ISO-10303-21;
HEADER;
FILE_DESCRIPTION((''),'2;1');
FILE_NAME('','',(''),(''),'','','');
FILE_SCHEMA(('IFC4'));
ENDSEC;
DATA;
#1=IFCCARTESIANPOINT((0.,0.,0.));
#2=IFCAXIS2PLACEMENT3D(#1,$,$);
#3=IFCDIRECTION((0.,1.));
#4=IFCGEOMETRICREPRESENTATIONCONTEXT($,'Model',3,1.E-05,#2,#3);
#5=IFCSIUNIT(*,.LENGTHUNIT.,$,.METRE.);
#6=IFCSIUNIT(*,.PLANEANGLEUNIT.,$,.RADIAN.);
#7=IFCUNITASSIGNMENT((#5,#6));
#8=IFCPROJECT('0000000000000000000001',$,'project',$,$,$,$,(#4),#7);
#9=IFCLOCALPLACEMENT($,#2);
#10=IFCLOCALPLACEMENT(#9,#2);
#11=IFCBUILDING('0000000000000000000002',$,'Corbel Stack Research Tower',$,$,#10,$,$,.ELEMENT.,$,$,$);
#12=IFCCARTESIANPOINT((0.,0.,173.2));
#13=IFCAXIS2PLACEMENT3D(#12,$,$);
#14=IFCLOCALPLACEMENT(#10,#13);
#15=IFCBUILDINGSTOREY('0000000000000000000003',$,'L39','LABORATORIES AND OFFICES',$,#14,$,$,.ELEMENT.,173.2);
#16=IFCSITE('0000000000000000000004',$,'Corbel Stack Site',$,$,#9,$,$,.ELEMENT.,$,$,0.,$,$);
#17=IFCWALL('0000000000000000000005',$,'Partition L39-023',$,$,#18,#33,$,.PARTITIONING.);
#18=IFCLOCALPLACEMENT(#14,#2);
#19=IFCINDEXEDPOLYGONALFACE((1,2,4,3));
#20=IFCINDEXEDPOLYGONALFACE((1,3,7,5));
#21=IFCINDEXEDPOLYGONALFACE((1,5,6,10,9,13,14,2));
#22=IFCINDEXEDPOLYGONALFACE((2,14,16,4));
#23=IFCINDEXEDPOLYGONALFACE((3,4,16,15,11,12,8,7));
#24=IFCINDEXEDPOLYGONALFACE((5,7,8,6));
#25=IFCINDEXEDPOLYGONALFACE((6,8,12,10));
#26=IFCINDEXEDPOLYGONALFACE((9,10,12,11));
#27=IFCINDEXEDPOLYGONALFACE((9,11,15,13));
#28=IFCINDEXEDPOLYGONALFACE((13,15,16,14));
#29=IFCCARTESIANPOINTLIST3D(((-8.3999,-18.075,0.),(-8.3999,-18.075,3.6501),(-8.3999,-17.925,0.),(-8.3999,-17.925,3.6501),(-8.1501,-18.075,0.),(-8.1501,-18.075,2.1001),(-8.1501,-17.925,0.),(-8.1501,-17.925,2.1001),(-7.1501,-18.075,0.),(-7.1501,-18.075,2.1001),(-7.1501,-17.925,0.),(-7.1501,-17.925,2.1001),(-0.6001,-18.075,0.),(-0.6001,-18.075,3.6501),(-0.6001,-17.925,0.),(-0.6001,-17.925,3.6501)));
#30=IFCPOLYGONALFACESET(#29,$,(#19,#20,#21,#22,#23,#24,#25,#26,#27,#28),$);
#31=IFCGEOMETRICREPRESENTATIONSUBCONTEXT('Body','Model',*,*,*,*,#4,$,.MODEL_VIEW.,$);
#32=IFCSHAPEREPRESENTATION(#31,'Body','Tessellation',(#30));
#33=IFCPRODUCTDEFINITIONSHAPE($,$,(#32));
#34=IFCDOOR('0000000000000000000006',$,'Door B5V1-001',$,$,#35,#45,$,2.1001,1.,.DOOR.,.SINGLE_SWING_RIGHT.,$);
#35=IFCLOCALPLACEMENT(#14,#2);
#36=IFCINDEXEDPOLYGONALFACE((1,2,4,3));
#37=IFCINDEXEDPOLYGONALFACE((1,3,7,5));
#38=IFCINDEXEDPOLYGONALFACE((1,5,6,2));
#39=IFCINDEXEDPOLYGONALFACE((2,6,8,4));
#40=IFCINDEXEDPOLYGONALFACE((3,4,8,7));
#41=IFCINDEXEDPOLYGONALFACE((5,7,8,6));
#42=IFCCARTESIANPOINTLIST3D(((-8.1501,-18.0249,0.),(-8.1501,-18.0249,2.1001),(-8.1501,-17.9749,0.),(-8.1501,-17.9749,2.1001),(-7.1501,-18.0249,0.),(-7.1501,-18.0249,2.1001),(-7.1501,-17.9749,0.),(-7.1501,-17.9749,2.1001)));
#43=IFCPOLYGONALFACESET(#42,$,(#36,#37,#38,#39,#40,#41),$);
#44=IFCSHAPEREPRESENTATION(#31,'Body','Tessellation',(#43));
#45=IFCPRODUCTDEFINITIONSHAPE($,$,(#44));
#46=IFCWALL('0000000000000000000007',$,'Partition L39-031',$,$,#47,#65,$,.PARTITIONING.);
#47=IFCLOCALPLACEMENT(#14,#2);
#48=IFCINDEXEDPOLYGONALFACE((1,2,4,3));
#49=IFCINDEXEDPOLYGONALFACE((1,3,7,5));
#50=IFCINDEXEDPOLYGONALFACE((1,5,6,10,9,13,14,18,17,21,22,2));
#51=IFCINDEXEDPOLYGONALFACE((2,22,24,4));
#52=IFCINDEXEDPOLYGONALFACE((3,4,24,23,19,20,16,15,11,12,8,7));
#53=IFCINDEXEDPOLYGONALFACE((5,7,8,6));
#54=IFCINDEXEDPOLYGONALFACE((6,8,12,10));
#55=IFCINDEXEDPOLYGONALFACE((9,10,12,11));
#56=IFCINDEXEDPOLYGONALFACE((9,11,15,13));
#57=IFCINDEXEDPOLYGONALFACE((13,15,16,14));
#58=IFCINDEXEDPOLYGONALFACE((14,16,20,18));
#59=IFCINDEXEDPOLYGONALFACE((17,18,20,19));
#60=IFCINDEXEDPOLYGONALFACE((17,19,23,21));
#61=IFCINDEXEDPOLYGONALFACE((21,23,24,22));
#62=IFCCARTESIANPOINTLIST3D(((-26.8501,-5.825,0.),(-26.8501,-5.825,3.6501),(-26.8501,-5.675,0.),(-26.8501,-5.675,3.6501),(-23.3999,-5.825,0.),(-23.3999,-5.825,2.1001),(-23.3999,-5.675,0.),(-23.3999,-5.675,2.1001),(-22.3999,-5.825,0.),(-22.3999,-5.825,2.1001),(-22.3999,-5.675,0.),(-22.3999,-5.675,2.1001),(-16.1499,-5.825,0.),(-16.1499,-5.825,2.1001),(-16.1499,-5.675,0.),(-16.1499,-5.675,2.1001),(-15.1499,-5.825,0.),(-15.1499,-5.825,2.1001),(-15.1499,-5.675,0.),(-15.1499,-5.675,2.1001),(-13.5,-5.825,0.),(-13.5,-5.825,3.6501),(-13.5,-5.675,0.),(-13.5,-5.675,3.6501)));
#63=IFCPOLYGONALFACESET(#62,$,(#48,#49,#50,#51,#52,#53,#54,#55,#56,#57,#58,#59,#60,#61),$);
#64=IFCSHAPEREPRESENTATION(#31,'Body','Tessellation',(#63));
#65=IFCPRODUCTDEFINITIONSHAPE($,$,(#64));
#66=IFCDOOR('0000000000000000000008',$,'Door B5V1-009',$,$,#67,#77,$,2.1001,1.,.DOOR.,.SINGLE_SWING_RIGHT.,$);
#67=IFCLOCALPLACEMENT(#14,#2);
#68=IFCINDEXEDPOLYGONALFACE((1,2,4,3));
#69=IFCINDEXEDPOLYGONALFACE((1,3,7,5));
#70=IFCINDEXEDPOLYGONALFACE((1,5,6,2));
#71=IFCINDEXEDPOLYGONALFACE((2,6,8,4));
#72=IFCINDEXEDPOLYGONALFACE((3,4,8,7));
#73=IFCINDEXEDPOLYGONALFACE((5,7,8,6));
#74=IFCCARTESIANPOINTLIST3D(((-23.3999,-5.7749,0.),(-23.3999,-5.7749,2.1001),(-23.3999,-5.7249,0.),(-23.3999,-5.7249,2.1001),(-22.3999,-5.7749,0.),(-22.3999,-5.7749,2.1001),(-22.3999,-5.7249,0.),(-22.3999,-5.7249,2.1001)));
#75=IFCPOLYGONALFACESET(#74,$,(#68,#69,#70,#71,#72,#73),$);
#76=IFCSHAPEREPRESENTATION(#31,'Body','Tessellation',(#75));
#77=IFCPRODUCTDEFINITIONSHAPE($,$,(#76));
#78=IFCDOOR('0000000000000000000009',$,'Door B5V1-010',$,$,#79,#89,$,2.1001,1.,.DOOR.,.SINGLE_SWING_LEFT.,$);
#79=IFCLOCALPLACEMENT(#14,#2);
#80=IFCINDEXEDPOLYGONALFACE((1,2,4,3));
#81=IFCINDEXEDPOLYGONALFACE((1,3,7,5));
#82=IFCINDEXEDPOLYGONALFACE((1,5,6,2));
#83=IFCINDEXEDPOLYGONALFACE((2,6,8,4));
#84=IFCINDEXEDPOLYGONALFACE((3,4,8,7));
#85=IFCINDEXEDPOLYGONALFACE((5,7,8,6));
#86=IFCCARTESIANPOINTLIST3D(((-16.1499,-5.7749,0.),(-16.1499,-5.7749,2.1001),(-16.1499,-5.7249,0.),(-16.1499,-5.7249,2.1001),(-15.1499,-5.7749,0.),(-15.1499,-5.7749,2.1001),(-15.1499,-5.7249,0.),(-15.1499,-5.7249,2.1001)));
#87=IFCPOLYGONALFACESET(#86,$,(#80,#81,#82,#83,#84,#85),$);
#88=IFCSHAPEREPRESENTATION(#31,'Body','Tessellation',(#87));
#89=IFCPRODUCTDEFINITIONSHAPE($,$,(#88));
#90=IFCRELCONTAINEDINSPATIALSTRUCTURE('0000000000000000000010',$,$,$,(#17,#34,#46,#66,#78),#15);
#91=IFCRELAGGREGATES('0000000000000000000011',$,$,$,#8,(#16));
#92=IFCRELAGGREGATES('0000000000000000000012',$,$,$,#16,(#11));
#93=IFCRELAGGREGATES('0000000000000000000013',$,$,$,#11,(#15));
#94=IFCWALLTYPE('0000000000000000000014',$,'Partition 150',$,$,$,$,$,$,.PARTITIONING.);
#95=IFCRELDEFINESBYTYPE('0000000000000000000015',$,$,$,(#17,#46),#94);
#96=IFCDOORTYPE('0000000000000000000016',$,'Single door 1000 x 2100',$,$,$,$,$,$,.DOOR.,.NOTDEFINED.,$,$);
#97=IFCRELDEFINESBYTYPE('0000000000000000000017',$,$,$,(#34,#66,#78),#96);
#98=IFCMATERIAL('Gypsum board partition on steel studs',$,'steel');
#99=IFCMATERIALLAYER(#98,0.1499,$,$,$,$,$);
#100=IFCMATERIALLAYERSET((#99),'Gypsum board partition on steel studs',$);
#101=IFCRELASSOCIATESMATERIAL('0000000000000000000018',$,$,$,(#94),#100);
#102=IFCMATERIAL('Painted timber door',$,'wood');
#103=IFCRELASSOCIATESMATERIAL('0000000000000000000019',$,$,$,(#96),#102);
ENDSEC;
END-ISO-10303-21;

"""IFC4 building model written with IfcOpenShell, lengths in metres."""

from ifc_helpers import new_model, si_unit, direction, frame, frame_2d, origin, place, context, subcontext, project, spatial, rectangle, extrude, material, layer, layer_set, type_object, element, fill, save


model = new_model("IFC4")

# Units and contexts
model_context = context("Model", 3, precision=1e-05, world=origin(), true_north=direction((0.0, 1.0)))
body_context = subcontext(model_context, "Body", "Model", "MODEL_VIEW")
ifc_project = project(units=[si_unit("LENGTHUNIT", "METRE"), si_unit("PLANEANGLEUNIT", "RADIAN")], contexts=[model_context])

# Site, building, storey
site_placement = place(None, origin())
site = spatial("IfcSite", under=ifc_project, at=site_placement, Name="Corbel Stack Site", CompositionType="ELEMENT", RefElevation=0.0)
building_placement = place(site_placement, origin())
building = spatial("IfcBuilding", under=site, at=building_placement, Name="Corbel Stack Research Tower", CompositionType="ELEMENT")
storey_placement = place(building_placement, frame((0.0, 0.0, 173.2)))
storey = spatial("IfcBuildingStorey", under=building, at=storey_placement, Name="L39", Description="LABORATORIES AND OFFICES", CompositionType="ELEMENT", Elevation=173.2)

# Wall, opening, door
ifc_material_1 = material(Name="Gypsum board partition on steel studs", Category="steel")
ifc_layer_1 = layer(ifc_material_1, 0.1499)
ifc_layer_set_1 = layer_set([ifc_layer_1], Name="Gypsum board partition on steel studs")
wall_type_1 = type_object("IfcWallType", Name="Partition 150", PredefinedType="PARTITIONING", material=ifc_layer_set_1)
wall_1_placement = place(storey_placement, frame((-0.6001, -18.0, 0.0), z_axis=(0.0, 0.0, 1.0), x_axis=(-1.0, 0.0, 0.0)))
wall_1 = element("IfcWall", 1, at=wall_1_placement, inside=storey, type_object=wall_type_1, Name="Partition L39-023", PredefinedType="PARTITIONING", context=body_context, shape_type="SweptSolid", body=[
    extrude(rectangle(XDim=7.7998, YDim=0.1499, at=frame_2d((3.8999, 0.0))), origin(), (0.0, 0.0, 1.0), 3.6501),
])
opening_1_placement = place(wall_1_placement, frame((6.55, 0.0, 0.0)))
opening_1 = element("IfcOpeningElement", 2, at=opening_1_placement, cuts=wall_1, PredefinedType="OPENING", context=body_context, shape_type="SweptSolid", body=[
    extrude(rectangle(XDim=1.0, YDim=2.1001, at=frame_2d((0.5, 1.05))), frame((0.0, 0.085, 0.0), z_axis=(0.0, -1.0, 0.0), x_axis=(1.0, 0.0, 0.0)), (0.0, 0.0, 1.0), 0.1699),
])
ifc_material_2 = material(Name="Painted timber door", Category="wood")
door_type_1 = type_object("IfcDoorType", Name="Single door 1000 x 2100", OperationType="NOTDEFINED", PredefinedType="DOOR", material=ifc_material_2)
door_1_placement = place(opening_1_placement, origin())
door_1 = element("IfcDoor", 3, at=door_1_placement, inside=storey, type_object=door_type_1, Name="Door B5V1-001", OperationType="SINGLE_SWING_RIGHT", OverallHeight=2.1001, OverallWidth=1.0, PredefinedType="DOOR", context=body_context, shape_type="SweptSolid", body=[
    extrude(rectangle(XDim=1.0, YDim=2.1001, at=frame_2d((0.5, 1.05))), frame((0.0, 0.0249, 0.0), z_axis=(0.0, -1.0, 0.0), x_axis=(1.0, 0.0, 0.0)), (0.0, 0.0, 1.0), 0.05),
])
fill(opening_1, door_1)

# Wall, openings, doors
wall_2_placement = place(storey_placement, frame((-13.5, -5.75, 0.0), z_axis=(0.0, 0.0, 1.0), x_axis=(-1.0, 0.0, 0.0)))
wall_2 = element("IfcWall", 4, at=wall_2_placement, inside=storey, type_object=wall_type_1, Name="Partition L39-031", PredefinedType="PARTITIONING", context=body_context, shape_type="SweptSolid", body=[
    extrude(rectangle(XDim=13.3501, YDim=0.1499, at=frame_2d((6.675, 0.0))), origin(), (0.0, 0.0, 1.0), 3.6501),
])
opening_2_placement = place(wall_2_placement, frame((8.8999, 0.0, 0.0)))
opening_2 = element("IfcOpeningElement", 5, at=opening_2_placement, cuts=wall_2, PredefinedType="OPENING", context=body_context, shape_type="SweptSolid", body=[
    extrude(rectangle(XDim=1.0, YDim=2.1001, at=frame_2d((0.5, 1.05))), frame((0.0, 0.085, 0.0), z_axis=(0.0, -1.0, 0.0), x_axis=(1.0, 0.0, 0.0)), (0.0, 0.0, 1.0), 0.1699),
])
opening_3_placement = place(wall_2_placement, frame((1.6499, 0.0, 0.0)))
opening_3 = element("IfcOpeningElement", 6, at=opening_3_placement, cuts=wall_2, PredefinedType="OPENING", context=body_context, shape_type="SweptSolid", body=[
    extrude(rectangle(XDim=1.0, YDim=2.1001, at=frame_2d((0.5, 1.05))), frame((0.0, 0.085, 0.0), z_axis=(0.0, -1.0, 0.0), x_axis=(1.0, 0.0, 0.0)), (0.0, 0.0, 1.0), 0.1699),
])
door_2_placement = place(opening_2_placement, origin())
door_2 = element("IfcDoor", 7, at=door_2_placement, inside=storey, type_object=door_type_1, Name="Door B5V1-009", OperationType="SINGLE_SWING_RIGHT", OverallHeight=2.1001, OverallWidth=1.0, PredefinedType="DOOR", context=body_context, shape_type="SweptSolid", body=[
    extrude(rectangle(XDim=1.0, YDim=2.1001, at=frame_2d((0.5, 1.05))), frame((0.0, 0.0249, 0.0), z_axis=(0.0, -1.0, 0.0), x_axis=(1.0, 0.0, 0.0)), (0.0, 0.0, 1.0), 0.05),
])
fill(opening_2, door_2)
door_3_placement = place(opening_3_placement, origin())
door_3 = element("IfcDoor", 8, at=door_3_placement, inside=storey, type_object=door_type_1, Name="Door B5V1-010", OperationType="SINGLE_SWING_LEFT", OverallHeight=2.1001, OverallWidth=1.0, PredefinedType="DOOR", context=body_context, shape_type="SweptSolid", body=[
    extrude(rectangle(XDim=1.0, YDim=2.1001, at=frame_2d((0.5, 1.05))), frame((0.0, 0.0249, 0.0), z_axis=(0.0, -1.0, 0.0), x_axis=(1.0, 0.0, 0.0)), (0.0, 0.0, 1.0), 0.05),
])
fill(opening_3, door_3)

save(model, "model.ifc")
